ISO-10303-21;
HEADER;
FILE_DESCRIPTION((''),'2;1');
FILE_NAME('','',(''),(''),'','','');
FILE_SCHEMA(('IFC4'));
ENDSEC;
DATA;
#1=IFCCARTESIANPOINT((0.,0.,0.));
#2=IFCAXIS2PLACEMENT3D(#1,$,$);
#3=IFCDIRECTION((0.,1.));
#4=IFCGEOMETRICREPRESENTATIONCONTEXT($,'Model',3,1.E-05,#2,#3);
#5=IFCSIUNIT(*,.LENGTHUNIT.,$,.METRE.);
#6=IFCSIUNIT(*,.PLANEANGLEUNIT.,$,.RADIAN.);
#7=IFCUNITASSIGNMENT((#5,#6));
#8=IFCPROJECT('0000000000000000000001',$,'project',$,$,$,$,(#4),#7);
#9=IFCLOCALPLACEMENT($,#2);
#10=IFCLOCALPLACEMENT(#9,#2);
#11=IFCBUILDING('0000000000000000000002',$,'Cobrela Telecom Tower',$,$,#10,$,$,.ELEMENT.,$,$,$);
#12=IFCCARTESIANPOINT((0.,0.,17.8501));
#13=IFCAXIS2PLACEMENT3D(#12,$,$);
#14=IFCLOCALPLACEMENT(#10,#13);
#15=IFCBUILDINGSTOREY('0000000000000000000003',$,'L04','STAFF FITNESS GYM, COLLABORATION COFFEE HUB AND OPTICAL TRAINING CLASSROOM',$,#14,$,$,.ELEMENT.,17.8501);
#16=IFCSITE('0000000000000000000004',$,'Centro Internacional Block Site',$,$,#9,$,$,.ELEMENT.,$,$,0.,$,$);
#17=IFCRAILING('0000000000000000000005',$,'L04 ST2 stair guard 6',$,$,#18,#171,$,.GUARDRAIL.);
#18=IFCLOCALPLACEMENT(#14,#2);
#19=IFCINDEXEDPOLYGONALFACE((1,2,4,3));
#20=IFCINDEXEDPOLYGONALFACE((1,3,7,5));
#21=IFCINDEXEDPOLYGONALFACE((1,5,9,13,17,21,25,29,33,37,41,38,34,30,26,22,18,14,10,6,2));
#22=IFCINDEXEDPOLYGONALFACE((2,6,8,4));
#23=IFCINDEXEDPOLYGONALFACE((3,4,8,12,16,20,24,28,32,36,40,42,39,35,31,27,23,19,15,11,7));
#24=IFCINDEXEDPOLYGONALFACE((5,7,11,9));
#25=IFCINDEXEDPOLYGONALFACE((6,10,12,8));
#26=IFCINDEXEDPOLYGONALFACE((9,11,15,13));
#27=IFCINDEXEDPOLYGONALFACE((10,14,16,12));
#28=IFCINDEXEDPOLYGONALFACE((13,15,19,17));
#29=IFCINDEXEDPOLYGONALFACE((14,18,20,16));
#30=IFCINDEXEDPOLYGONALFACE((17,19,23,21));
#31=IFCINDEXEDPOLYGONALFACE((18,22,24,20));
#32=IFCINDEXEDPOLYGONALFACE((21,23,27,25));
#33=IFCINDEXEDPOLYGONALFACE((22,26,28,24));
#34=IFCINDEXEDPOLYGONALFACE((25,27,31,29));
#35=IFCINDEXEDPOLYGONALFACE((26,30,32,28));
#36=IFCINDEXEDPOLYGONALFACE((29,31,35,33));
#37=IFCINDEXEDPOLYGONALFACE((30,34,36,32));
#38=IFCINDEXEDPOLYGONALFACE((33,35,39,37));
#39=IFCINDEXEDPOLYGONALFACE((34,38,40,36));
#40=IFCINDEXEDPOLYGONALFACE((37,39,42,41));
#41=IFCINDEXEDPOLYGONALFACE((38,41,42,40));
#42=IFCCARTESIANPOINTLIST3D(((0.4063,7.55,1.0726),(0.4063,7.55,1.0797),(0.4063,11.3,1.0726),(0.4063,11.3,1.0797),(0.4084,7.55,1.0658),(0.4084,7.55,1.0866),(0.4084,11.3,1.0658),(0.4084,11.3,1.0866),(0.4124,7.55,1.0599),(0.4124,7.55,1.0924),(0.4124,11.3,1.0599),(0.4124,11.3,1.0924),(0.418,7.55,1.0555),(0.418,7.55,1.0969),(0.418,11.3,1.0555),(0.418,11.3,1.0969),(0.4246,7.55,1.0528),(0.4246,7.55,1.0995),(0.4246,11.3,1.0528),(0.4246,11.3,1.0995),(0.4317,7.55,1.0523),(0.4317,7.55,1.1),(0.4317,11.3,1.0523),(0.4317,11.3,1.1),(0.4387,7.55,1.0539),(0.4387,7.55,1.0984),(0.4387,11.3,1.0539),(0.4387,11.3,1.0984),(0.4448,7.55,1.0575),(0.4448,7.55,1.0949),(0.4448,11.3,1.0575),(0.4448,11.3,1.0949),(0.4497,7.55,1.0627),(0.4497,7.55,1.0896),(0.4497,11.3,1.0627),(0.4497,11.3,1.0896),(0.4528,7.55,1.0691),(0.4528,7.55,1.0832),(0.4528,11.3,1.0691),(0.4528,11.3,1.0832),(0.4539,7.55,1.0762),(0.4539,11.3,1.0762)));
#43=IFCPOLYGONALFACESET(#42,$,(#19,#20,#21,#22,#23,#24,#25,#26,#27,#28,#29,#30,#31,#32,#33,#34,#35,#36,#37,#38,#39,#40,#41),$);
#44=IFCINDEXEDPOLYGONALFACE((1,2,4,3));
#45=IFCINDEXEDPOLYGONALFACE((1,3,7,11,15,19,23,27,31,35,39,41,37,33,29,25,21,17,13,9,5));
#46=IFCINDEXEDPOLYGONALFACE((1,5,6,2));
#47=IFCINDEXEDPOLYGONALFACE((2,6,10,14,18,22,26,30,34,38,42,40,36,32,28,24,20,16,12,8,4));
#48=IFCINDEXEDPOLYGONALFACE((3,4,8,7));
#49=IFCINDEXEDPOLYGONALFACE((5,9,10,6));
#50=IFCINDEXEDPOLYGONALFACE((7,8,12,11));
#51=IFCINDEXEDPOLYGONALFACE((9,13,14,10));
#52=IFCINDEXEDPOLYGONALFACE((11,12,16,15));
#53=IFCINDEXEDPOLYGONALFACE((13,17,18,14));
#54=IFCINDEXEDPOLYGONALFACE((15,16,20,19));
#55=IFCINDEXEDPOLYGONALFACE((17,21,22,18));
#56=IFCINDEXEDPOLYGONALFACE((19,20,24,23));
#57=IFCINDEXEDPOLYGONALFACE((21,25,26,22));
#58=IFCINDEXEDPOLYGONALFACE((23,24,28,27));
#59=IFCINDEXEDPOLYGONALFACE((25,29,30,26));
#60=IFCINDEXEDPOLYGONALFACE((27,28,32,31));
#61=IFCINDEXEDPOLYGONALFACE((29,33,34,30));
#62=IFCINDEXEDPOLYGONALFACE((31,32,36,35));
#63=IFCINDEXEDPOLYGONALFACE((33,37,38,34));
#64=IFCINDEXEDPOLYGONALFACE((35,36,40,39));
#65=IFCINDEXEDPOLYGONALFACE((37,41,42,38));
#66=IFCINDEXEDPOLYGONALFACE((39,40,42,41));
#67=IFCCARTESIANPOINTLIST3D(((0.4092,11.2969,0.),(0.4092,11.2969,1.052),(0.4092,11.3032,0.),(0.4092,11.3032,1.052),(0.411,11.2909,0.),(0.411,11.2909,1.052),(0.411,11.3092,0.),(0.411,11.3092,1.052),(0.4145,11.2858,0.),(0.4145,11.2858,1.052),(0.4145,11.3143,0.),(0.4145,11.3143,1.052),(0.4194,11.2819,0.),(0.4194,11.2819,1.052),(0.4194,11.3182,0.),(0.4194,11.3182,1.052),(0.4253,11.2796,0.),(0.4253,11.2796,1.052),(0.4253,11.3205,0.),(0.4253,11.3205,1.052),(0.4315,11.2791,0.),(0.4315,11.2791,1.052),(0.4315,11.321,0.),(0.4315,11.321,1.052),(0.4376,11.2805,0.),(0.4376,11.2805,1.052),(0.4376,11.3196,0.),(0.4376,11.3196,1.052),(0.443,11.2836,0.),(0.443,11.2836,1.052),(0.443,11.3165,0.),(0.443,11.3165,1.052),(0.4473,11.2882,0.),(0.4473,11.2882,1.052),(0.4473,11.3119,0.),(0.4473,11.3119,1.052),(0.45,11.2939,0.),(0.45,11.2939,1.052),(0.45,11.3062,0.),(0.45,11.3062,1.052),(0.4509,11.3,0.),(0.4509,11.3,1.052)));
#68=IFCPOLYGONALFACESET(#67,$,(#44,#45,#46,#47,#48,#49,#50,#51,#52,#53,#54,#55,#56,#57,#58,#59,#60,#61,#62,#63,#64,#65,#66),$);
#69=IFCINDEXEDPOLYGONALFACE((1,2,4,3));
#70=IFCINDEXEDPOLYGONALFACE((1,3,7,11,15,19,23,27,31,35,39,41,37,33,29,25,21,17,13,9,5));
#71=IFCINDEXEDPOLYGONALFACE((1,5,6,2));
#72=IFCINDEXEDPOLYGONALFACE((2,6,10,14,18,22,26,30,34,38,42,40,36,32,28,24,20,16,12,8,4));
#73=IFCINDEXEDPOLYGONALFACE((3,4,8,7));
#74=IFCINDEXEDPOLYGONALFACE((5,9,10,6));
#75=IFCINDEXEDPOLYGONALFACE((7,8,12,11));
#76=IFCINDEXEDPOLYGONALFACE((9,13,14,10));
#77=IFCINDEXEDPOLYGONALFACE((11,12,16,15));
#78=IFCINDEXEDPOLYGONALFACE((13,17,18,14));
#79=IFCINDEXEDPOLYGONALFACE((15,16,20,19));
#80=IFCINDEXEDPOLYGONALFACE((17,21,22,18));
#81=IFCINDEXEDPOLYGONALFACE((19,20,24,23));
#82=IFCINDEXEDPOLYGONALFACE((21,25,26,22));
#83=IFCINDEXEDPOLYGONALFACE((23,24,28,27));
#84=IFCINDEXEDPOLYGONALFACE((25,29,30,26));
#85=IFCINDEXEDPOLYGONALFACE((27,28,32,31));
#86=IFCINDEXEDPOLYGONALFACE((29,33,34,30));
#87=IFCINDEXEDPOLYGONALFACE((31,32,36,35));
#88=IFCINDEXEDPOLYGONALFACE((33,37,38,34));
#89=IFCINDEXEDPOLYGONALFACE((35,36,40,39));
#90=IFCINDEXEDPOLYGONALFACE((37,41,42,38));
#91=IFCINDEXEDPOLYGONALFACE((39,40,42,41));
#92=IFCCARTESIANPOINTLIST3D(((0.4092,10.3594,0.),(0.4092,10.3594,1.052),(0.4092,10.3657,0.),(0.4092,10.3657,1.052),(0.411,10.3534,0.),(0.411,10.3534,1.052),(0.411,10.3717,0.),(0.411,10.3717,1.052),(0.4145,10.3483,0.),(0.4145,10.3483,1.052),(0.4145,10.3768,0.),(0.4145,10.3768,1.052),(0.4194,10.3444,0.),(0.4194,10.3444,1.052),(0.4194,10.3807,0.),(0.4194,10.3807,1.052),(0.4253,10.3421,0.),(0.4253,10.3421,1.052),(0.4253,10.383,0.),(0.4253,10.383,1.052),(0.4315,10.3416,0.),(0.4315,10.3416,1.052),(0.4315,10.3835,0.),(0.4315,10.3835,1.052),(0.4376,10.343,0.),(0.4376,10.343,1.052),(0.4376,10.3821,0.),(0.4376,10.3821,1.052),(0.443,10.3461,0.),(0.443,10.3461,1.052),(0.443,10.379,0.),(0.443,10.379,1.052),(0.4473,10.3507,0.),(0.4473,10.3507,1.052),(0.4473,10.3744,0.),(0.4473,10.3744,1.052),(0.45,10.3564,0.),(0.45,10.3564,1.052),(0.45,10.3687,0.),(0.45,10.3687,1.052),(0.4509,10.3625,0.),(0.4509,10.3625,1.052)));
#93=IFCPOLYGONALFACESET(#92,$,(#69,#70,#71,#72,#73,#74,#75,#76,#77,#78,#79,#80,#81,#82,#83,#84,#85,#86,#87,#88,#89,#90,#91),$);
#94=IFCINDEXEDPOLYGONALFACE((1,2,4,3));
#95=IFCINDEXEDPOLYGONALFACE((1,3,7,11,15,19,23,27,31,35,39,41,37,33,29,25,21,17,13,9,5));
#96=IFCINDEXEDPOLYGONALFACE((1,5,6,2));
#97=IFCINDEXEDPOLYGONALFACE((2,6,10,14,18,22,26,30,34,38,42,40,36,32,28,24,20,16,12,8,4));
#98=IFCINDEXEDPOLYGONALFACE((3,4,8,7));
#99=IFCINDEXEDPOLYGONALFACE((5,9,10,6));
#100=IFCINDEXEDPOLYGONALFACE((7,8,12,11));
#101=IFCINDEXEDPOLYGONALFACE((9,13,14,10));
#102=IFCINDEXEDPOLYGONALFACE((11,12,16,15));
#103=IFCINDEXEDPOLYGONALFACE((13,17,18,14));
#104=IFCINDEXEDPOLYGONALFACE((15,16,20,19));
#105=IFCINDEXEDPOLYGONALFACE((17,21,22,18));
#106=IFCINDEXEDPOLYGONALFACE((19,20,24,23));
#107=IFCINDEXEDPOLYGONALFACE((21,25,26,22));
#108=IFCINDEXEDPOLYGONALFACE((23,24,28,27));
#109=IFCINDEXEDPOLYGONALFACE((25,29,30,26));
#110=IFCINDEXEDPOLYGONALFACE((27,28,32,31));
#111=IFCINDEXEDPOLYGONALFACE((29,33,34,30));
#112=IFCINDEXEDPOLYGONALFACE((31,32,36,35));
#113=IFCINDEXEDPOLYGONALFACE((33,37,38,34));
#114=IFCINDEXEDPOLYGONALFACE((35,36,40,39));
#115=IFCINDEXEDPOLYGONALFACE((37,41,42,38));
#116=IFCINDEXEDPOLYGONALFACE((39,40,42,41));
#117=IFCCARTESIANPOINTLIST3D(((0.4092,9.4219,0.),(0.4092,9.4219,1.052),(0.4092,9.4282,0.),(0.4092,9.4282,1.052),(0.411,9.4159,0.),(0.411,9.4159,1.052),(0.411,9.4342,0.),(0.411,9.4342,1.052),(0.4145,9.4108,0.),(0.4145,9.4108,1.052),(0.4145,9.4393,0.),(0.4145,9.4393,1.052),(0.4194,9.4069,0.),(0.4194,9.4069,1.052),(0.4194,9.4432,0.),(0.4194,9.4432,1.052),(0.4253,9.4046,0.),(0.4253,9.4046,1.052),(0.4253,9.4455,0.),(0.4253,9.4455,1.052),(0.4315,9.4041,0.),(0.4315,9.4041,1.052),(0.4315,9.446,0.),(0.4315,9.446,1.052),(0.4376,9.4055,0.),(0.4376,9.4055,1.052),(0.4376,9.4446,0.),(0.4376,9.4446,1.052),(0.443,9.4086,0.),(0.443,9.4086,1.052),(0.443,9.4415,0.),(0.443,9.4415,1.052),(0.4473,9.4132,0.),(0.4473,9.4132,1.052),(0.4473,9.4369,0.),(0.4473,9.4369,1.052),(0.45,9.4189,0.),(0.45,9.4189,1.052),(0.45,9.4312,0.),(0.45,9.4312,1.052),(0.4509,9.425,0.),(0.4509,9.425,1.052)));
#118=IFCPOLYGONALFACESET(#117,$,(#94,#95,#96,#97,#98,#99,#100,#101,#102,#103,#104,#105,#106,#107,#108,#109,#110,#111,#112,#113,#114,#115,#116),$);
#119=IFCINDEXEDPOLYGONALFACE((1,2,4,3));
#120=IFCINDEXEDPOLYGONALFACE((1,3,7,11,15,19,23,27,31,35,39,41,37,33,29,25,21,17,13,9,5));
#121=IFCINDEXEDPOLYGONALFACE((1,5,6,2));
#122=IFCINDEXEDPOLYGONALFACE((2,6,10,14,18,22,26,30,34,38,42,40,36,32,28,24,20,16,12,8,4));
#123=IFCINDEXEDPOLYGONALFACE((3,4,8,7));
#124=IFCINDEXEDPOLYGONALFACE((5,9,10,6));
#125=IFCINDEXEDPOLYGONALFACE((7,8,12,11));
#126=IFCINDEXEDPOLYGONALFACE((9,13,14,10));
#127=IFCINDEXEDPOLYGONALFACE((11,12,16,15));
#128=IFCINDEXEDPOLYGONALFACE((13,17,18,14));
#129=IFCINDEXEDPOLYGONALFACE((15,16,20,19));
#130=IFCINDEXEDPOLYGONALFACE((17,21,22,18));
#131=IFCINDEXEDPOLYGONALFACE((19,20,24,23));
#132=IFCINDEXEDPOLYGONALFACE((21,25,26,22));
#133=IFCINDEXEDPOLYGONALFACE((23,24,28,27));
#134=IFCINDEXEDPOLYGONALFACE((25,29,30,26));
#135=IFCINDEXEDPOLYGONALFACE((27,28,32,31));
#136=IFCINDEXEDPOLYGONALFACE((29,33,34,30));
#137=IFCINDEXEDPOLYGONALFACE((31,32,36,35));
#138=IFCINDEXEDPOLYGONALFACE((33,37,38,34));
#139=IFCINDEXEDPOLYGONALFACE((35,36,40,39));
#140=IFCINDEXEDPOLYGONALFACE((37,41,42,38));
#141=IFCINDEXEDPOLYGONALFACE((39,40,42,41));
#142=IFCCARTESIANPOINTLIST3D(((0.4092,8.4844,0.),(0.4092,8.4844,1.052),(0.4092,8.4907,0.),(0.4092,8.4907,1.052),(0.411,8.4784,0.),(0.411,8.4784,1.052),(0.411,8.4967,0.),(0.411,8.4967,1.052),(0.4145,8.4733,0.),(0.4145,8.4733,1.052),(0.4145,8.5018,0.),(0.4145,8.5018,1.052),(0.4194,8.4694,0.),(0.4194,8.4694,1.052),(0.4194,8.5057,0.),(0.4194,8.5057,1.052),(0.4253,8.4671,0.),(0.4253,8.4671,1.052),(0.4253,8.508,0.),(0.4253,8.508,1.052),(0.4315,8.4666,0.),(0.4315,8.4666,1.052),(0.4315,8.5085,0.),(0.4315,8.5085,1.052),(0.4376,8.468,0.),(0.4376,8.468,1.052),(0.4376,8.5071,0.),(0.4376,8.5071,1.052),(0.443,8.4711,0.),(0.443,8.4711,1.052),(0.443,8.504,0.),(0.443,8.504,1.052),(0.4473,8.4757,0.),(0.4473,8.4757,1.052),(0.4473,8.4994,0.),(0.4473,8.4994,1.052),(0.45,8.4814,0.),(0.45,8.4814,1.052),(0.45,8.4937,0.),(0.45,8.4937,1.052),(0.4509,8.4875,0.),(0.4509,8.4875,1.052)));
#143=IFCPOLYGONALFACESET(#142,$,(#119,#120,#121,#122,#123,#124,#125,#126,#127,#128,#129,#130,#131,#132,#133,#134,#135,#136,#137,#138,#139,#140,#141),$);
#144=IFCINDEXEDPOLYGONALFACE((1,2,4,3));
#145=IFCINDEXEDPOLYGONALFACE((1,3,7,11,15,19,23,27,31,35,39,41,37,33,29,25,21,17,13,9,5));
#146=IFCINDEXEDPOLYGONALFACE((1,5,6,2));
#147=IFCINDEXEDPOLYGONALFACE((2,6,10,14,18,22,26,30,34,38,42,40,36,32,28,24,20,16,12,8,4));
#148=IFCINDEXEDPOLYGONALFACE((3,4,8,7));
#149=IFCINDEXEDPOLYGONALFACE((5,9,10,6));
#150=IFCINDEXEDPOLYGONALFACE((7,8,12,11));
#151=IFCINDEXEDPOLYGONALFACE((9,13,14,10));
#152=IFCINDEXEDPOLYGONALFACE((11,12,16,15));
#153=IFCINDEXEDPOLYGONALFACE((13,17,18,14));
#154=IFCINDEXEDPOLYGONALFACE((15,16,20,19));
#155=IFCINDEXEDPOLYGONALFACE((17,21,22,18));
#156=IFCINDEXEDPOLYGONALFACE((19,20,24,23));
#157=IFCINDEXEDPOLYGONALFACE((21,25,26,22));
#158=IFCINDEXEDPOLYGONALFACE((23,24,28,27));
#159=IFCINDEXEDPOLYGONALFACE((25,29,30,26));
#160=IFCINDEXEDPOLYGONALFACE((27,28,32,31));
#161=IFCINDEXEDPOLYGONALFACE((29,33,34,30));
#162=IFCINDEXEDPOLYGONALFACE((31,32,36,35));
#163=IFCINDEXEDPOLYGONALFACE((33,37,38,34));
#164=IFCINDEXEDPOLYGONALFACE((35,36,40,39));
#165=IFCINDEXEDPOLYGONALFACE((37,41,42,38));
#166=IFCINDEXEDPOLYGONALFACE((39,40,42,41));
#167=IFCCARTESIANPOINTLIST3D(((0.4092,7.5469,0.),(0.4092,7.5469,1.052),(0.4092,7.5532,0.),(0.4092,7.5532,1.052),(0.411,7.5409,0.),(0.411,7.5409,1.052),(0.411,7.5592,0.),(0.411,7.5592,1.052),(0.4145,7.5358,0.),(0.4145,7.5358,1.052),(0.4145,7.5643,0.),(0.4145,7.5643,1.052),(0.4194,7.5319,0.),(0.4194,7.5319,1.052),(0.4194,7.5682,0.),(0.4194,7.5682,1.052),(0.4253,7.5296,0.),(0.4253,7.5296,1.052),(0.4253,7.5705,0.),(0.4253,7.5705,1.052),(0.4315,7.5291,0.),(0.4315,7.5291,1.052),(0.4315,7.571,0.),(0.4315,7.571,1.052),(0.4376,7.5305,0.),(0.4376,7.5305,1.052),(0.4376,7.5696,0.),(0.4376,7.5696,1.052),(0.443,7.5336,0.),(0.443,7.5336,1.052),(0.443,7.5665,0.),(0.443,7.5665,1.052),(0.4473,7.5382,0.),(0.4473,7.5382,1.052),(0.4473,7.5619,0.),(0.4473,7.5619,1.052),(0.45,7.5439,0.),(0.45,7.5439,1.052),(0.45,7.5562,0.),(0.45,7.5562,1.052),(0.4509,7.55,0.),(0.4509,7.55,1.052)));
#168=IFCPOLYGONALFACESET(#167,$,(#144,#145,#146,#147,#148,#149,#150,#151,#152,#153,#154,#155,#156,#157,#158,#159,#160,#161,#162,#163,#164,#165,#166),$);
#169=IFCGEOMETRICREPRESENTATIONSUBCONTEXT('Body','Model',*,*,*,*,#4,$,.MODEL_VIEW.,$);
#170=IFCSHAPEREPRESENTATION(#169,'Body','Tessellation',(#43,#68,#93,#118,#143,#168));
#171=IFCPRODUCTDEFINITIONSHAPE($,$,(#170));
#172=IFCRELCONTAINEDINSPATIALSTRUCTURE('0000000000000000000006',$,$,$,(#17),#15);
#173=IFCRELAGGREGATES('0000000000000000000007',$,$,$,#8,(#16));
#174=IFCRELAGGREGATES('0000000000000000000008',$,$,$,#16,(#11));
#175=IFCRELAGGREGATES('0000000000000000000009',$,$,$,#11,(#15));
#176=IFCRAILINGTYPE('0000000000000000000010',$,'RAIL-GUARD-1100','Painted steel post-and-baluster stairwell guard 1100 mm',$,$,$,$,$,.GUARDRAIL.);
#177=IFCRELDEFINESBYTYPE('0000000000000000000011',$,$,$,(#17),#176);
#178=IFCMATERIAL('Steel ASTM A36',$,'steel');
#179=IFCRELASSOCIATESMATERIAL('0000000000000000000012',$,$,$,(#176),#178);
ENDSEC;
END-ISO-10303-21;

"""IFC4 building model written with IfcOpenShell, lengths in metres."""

from ifc_helpers import new_model, si_unit, direction, frame, origin, origin_2d, place, context, subcontext, project, spatial, circle, extrude, material, type_object, element, save


model = new_model("IFC4")

# Units and contexts
model_context = context("Model", 3, precision=1e-05, world=origin(), true_north=direction((0.0, 1.0)))
body_context = subcontext(model_context, "Body", "Model", "MODEL_VIEW")
ifc_project = project(units=[si_unit("LENGTHUNIT", "METRE"), si_unit("PLANEANGLEUNIT", "RADIAN")], contexts=[model_context])

# Site, building, storey
site_placement = place(None, origin())
site = spatial("IfcSite", under=ifc_project, at=site_placement, Name="Centro Internacional Block Site", CompositionType="ELEMENT", RefElevation=0.0)
building_placement = place(site_placement, origin())
building = spatial("IfcBuilding", under=site, at=building_placement, Name="Cobrela Telecom Tower", CompositionType="ELEMENT")
storey_placement = place(building_placement, frame((0.0, 0.0, 17.8501)))
storey = spatial("IfcBuildingStorey", under=building, at=storey_placement, Name="L04", Description="STAFF FITNESS GYM, COLLABORATION COFFEE HUB AND OPTICAL TRAINING CLASSROOM", CompositionType="ELEMENT", Elevation=17.8501)

# Railing
ifc_material_1 = material(Name="Steel ASTM A36", Category="steel")
railing_type_1 = type_object("IfcRailingType", Name="RAIL-GUARD-1100", Description="Painted steel post-and-baluster stairwell guard 1100 mm", PredefinedType="GUARDRAIL", material=ifc_material_1)
railing_1_placement = place(storey_placement, frame((0.4299, 11.3, 0.0)))
element("IfcRailing", 1, at=railing_1_placement, inside=storey, type_object=railing_type_1, Name="L04 ST2 stair guard 6", PredefinedType="GUARDRAIL", context=body_context, shape_type="SweptSolid", body=[
    extrude(circle(Radius=0.0239, at=origin_2d()), frame((0.0, 0.0, 1.0762), z_axis=(0.0, -1.0, 0.0), x_axis=(1.0, 0.0, 0.0)), (0.0, 0.0, 1.0), 3.75),
    extrude(circle(Radius=0.021, at=origin_2d()), origin(), (0.0, 0.0, 1.0), 1.052),
    extrude(circle(Radius=0.021, at=origin_2d()), frame((0.0, -0.9375, 0.0)), (0.0, 0.0, 1.0), 1.052),
    extrude(circle(Radius=0.021, at=origin_2d()), frame((0.0, -1.875, 0.0)), (0.0, 0.0, 1.0), 1.052),
    extrude(circle(Radius=0.021, at=origin_2d()), frame((0.0, -2.8125, 0.0)), (0.0, 0.0, 1.0), 1.052),
    extrude(circle(Radius=0.021, at=origin_2d()), frame((0.0, -3.75, 0.0)), (0.0, 0.0, 1.0), 1.052),
])

save(model, "model.ifc")
